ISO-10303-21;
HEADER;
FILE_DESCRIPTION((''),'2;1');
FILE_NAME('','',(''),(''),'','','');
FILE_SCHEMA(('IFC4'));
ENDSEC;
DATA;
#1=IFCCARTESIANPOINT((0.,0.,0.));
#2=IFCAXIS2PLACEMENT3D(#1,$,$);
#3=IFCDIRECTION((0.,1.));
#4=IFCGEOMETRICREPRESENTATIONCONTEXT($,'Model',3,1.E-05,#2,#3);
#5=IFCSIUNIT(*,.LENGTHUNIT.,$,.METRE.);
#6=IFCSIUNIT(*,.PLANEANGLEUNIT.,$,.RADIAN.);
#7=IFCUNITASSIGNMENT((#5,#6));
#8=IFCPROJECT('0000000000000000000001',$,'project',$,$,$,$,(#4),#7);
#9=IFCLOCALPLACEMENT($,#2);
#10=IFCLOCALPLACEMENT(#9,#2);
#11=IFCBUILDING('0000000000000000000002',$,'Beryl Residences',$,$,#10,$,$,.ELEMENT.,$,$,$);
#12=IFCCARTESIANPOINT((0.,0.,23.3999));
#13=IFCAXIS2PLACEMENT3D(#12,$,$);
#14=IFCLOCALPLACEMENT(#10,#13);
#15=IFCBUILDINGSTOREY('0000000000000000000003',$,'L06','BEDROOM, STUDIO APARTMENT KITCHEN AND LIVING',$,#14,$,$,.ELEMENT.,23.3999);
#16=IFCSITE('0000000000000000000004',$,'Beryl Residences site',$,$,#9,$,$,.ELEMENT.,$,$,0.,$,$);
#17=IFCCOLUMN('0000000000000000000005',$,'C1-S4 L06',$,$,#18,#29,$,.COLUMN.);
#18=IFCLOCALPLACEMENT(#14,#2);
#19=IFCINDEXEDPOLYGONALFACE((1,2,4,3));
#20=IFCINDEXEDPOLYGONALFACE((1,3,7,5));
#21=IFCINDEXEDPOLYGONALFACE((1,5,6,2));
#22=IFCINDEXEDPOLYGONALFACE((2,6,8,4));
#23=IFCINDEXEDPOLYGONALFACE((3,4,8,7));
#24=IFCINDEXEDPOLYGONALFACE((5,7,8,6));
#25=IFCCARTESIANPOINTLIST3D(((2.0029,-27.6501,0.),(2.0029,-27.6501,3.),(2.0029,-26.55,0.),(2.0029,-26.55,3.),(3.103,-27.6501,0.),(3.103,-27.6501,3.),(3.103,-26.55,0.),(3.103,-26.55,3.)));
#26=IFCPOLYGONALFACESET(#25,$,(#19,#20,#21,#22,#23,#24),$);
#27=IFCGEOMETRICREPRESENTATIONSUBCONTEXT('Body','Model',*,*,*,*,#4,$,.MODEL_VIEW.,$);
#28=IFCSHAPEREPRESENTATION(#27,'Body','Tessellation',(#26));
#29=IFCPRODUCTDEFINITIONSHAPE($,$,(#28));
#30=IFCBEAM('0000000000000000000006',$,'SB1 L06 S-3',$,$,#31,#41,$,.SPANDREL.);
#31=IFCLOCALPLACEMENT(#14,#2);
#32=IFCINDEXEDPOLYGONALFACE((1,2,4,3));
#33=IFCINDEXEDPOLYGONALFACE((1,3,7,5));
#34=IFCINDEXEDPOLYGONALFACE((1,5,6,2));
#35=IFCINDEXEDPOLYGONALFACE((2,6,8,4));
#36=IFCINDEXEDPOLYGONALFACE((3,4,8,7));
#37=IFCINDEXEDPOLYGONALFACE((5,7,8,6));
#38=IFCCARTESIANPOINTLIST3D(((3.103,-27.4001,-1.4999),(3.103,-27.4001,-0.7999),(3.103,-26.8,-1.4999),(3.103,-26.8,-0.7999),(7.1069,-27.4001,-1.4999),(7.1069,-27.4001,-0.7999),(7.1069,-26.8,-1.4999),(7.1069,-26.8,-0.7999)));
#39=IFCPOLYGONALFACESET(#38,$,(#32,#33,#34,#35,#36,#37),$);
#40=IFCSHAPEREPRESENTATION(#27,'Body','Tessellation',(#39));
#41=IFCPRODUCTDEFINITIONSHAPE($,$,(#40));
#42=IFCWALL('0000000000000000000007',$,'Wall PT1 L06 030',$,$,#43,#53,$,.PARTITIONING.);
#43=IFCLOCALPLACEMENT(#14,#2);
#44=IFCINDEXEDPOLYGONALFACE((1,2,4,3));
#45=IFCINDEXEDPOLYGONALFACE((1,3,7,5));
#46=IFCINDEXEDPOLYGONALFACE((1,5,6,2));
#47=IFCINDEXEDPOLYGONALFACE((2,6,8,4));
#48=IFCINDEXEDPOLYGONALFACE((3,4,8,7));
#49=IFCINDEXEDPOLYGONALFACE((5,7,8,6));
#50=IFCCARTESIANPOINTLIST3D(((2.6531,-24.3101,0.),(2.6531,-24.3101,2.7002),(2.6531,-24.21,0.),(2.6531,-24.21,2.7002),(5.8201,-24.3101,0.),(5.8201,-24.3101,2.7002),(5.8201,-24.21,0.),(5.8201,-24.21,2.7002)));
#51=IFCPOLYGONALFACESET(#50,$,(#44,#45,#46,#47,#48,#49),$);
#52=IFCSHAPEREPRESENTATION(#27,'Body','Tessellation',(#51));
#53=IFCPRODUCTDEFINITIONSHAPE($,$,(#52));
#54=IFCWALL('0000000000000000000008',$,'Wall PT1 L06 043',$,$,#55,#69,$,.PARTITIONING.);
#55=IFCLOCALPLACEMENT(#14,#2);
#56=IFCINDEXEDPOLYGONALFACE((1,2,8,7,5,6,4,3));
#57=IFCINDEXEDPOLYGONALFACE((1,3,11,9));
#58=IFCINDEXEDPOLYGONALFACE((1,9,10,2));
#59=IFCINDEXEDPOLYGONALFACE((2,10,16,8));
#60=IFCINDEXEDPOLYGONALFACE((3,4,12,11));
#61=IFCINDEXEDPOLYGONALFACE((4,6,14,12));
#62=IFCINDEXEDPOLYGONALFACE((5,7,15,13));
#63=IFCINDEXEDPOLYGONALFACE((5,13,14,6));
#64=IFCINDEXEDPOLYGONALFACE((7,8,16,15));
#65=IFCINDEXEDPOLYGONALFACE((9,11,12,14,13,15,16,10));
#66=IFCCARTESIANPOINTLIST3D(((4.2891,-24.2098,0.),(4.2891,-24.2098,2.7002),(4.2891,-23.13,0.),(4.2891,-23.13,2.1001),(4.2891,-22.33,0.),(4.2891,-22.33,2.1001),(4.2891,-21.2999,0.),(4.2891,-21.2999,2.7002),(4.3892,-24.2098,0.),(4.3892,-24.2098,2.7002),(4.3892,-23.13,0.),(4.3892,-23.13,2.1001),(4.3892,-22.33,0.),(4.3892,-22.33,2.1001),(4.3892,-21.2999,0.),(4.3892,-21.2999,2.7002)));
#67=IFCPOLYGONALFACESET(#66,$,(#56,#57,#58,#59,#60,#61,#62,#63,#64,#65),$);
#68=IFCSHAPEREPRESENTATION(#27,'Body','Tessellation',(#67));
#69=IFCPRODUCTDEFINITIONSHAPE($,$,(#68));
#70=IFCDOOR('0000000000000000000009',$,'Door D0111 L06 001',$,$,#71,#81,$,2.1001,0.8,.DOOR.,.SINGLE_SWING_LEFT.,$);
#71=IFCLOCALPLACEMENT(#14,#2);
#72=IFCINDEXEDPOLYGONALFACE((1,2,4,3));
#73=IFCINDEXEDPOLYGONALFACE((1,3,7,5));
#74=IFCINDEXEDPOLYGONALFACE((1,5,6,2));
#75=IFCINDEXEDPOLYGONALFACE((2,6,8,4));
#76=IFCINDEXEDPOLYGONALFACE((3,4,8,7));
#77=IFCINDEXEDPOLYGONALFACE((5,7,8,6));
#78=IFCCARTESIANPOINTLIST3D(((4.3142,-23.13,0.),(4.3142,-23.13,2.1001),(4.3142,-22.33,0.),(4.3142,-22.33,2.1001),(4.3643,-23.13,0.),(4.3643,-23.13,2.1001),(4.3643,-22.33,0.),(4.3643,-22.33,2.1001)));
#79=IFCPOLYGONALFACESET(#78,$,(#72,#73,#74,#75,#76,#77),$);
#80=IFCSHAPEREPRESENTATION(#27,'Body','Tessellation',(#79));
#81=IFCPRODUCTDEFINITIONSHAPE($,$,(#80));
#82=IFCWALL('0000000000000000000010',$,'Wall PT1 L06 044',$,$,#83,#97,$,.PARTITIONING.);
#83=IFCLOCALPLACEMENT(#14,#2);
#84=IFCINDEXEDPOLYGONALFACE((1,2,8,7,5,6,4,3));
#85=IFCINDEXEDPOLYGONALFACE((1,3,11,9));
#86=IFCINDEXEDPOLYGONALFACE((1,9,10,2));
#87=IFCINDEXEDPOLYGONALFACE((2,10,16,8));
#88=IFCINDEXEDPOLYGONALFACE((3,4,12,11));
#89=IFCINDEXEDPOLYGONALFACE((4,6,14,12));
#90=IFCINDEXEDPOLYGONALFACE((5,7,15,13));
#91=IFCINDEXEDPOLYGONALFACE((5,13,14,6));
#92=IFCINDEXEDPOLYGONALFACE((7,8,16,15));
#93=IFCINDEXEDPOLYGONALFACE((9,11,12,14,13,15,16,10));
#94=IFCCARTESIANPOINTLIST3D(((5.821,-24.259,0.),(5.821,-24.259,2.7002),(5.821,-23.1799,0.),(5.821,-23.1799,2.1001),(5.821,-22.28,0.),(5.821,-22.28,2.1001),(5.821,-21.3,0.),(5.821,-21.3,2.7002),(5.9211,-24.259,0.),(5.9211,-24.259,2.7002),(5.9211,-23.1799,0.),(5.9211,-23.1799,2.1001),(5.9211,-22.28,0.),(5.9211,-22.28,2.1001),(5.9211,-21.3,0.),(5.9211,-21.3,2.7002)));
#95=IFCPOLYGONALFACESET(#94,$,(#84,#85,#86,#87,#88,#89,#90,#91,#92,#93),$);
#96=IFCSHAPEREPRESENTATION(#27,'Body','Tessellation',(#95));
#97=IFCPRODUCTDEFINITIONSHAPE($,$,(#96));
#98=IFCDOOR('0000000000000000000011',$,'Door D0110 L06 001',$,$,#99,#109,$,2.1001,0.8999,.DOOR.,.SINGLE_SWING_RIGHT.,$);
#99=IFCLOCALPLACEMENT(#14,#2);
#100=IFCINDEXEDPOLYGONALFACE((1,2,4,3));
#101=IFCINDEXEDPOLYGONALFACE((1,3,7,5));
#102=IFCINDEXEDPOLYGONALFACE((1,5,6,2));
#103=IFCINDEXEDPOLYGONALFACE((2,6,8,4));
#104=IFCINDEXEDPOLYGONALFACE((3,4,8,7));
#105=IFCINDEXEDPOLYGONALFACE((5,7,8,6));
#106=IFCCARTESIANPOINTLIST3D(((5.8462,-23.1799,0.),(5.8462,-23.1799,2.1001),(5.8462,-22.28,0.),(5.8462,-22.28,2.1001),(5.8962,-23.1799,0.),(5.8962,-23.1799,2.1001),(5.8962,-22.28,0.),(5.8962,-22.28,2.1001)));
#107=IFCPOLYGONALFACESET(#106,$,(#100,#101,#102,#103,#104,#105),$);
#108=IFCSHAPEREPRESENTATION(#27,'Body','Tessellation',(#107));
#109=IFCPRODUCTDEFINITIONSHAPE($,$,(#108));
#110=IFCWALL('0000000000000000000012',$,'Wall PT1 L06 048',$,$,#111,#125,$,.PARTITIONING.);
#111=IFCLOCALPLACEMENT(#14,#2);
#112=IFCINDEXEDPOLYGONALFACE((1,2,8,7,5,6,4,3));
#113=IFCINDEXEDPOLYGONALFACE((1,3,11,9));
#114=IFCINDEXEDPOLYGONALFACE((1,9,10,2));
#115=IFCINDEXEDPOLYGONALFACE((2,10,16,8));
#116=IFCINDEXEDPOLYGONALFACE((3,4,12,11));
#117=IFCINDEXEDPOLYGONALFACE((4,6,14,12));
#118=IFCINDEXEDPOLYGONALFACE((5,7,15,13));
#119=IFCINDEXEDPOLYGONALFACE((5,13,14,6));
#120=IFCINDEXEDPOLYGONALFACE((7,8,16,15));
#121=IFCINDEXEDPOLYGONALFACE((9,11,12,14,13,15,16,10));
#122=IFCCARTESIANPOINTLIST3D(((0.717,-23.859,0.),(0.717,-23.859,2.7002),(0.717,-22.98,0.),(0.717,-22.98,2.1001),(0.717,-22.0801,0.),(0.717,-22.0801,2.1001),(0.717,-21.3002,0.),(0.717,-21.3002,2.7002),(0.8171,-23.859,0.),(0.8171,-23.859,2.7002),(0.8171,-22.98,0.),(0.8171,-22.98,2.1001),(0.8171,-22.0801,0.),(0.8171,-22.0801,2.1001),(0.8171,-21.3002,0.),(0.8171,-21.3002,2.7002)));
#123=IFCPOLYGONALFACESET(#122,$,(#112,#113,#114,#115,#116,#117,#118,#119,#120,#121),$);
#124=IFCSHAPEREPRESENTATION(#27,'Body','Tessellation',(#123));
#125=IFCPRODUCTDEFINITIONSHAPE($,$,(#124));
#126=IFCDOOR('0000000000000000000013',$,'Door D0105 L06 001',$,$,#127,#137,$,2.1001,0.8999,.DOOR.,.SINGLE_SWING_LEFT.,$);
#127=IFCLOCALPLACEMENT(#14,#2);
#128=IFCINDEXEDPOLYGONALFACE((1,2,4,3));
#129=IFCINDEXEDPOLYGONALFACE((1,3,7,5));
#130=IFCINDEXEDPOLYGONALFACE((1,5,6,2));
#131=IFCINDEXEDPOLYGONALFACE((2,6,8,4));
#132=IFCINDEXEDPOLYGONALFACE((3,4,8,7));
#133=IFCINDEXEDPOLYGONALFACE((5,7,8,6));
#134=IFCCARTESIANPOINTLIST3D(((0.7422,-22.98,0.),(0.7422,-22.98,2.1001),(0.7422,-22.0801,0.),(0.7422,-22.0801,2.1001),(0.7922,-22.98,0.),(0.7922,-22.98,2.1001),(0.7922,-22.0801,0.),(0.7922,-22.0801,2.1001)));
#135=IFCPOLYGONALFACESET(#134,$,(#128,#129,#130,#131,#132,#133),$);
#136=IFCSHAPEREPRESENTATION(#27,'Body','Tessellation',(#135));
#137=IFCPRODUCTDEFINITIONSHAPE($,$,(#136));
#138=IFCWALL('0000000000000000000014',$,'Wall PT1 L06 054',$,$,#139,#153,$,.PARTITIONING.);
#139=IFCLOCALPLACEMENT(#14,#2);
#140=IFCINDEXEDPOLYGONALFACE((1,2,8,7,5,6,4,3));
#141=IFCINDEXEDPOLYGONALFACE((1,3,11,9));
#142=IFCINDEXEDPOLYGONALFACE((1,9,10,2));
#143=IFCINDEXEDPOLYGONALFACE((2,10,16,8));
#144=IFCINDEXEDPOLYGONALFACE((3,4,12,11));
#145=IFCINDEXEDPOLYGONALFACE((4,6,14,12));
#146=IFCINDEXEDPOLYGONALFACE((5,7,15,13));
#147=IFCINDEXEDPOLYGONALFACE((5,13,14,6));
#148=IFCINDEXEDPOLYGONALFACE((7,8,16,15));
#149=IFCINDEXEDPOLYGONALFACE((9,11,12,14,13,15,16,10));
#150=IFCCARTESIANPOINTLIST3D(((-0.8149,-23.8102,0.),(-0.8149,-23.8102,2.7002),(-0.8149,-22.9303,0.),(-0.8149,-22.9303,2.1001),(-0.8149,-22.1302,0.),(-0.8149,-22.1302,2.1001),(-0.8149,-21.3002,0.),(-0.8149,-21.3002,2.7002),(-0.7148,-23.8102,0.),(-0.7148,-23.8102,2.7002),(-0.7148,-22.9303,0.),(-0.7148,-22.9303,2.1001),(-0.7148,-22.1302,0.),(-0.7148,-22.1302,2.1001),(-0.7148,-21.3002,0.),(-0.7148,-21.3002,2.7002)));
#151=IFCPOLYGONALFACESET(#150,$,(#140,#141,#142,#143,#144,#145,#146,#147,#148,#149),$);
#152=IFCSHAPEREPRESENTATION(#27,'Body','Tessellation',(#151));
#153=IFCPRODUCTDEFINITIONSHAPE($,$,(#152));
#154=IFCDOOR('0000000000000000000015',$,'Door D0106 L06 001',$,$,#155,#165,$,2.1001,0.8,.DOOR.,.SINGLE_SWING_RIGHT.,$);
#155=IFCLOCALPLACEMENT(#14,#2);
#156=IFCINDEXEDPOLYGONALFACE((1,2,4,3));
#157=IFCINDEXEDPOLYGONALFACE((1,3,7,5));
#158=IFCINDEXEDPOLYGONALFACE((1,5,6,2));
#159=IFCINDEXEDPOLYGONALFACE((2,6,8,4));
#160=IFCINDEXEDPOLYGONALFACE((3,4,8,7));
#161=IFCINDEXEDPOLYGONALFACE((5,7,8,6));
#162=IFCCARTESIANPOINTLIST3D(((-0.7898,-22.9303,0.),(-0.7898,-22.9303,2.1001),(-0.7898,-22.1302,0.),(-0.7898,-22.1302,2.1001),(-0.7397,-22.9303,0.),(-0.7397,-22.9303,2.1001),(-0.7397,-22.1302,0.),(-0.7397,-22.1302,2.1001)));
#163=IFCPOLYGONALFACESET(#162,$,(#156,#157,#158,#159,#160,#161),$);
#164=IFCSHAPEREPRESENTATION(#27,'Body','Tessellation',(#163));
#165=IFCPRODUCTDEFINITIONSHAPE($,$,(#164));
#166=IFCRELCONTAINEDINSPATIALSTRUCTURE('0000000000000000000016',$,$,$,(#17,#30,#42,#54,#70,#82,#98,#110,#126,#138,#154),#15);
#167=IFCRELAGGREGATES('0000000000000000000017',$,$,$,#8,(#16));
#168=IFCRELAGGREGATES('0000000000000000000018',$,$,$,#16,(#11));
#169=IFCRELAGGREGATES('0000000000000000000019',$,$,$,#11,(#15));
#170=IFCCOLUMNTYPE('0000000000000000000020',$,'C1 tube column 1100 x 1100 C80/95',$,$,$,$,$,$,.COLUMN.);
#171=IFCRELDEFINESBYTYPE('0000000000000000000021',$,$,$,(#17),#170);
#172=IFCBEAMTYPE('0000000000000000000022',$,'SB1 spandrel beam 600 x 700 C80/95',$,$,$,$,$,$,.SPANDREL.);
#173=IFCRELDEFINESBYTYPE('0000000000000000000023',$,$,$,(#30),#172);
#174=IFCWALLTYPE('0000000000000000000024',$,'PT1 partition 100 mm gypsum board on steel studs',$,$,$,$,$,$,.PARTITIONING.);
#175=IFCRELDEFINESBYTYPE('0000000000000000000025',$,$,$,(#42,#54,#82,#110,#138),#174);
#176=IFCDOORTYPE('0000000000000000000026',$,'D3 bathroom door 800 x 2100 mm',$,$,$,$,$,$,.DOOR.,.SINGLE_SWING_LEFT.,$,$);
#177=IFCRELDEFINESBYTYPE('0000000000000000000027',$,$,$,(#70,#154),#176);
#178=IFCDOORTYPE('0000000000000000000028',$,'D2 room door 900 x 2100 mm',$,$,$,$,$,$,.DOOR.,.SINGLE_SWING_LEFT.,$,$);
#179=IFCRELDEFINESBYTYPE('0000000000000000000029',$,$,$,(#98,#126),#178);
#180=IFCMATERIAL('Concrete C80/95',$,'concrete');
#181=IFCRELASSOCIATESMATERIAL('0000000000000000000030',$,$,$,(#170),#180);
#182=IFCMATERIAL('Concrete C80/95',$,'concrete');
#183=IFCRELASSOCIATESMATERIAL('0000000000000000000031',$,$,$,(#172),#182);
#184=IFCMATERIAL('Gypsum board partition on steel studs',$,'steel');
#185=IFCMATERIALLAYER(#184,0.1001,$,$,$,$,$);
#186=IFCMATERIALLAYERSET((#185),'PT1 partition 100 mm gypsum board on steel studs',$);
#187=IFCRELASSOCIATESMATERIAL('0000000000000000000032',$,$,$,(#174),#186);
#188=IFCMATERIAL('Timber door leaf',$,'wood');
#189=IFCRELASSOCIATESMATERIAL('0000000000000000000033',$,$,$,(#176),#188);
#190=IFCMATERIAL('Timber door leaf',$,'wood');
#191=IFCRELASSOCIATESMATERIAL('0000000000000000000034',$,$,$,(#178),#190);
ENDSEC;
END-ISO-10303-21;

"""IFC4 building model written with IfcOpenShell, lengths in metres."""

from ifc_helpers import new_model, si_unit, direction, frame, frame_2d, origin, origin_2d, place, context, subcontext, project, spatial, rectangle, extrude, material, layer, layer_set, material_profile, profile_set, type_object, element, fill, save


model = new_model("IFC4")

# Units and contexts
model_context = context("Model", 3, precision=1e-05, world=origin(), true_north=direction((0.0, 1.0)))
body_context = subcontext(model_context, "Body", "Model", "MODEL_VIEW")
ifc_project = project(units=[si_unit("LENGTHUNIT", "METRE"), si_unit("PLANEANGLEUNIT", "RADIAN")], contexts=[model_context])

# Site, building, storey
site_placement = place(None, origin())
site = spatial("IfcSite", under=ifc_project, at=site_placement, Name="Beryl Residences site", CompositionType="ELEMENT", RefElevation=0.0)
building_placement = place(site_placement, origin())
building = spatial("IfcBuilding", under=site, at=building_placement, Name="Beryl Residences", CompositionType="ELEMENT")
storey_placement = place(building_placement, frame((0.0, 0.0, 23.3999)))
storey = spatial("IfcBuildingStorey", under=building, at=storey_placement, Name="L06", Description="BEDROOM, STUDIO APARTMENT KITCHEN AND LIVING", CompositionType="ELEMENT", Elevation=23.3999)

# Column
ifc_material_1 = material(Name="Concrete C80/95", Category="concrete")
ifc_material_profile_1 = material_profile(ifc_material_1, rectangle(XDim=1.1001, YDim=1.1001, at=origin_2d()))
ifc_profile_set_1 = profile_set([ifc_material_profile_1], Name="Concrete C80/95")
column_type = type_object("IfcColumnType", Name="C1 tube column 1100 x 1100 C80/95", PredefinedType="COLUMN", material=ifc_profile_set_1)
column_placement = place(storey_placement, frame((2.553, -27.1001, 0.0), z_axis=(0.0, 0.0, 1.0), x_axis=(1.0, 0.0, 0.0)))
element("IfcColumn", 1, at=column_placement, inside=storey, type_object=column_type, Name="C1-S4 L06", PredefinedType="COLUMN", context=body_context, shape_type="SweptSolid", body=[
    extrude(rectangle(XDim=1.1001, YDim=1.1001, at=origin_2d()), origin(), (0.0, 0.0, 1.0), 3.0),
])

# Beam
ifc_material_2 = material(Name="Concrete C80/95", Category="concrete")
ifc_material_profile_2 = material_profile(ifc_material_2, rectangle(XDim=0.6001, YDim=0.7, at=origin_2d()))
ifc_profile_set_2 = profile_set([ifc_material_profile_2], Name="Concrete C80/95")
beam_type = type_object("IfcBeamType", Name="SB1 spandrel beam 600 x 700 C80/95", PredefinedType="SPANDREL", material=ifc_profile_set_2)
beam_placement = place(storey_placement, frame((3.103, -27.1001, -1.1499), z_axis=(1.0, 0.0, 0.0), x_axis=(0.0, 1.0, 0.0)))
element("IfcBeam", 2, at=beam_placement, inside=storey, type_object=beam_type, Name="SB1 L06 S-3", PredefinedType="SPANDREL", context=body_context, shape_type="SweptSolid", body=[
    extrude(rectangle(XDim=0.6001, YDim=0.7, at=origin_2d()), origin(), (0.0, 0.0, 1.0), 4.0039),
])

# Wall
ifc_material_3 = material(Name="Gypsum board partition on steel studs", Category="steel")
ifc_layer_1 = layer(ifc_material_3, 0.1001)
ifc_layer_set_1 = layer_set([ifc_layer_1], Name="PT1 partition 100 mm gypsum board on steel studs")
wall_type_1 = type_object("IfcWallType", Name="PT1 partition 100 mm gypsum board on steel studs", PredefinedType="PARTITIONING", material=ifc_layer_set_1)
wall_1_placement = place(storey_placement, frame((2.6531, -24.26, 0.0), z_axis=(0.0, 0.0, 1.0), x_axis=(1.0, 0.0, 0.0)))
element("IfcWall", 3, at=wall_1_placement, inside=storey, type_object=wall_type_1, Name="Wall PT1 L06 030", PredefinedType="PARTITIONING", context=body_context, shape_type="SweptSolid", body=[
    extrude(rectangle(XDim=3.167, YDim=0.1001, at=frame_2d((1.5835, 0.0))), origin(), (0.0, 0.0, 1.0), 2.7002),
])

# Walls, openings, doors
wall_2_placement = place(storey_placement, frame((4.3391, -24.21, 0.0), z_axis=(0.0, 0.0, 1.0), x_axis=(0.0, 1.0, 0.0)))
wall_2 = element("IfcWall", 4, at=wall_2_placement, inside=storey, type_object=wall_type_1, Name="Wall PT1 L06 043", PredefinedType="PARTITIONING", context=body_context, shape_type="SweptSolid", body=[
    extrude(rectangle(XDim=2.9099, YDim=0.1001, at=frame_2d((1.4551, 0.0))), origin(), (0.0, 0.0, 1.0), 2.7002),
])
opening_1_placement = place(wall_2_placement, frame((1.0801, 0.0, 0.0)))
opening_1 = element("IfcOpeningElement", 5, at=opening_1_placement, cuts=wall_2, PredefinedType="OPENING", context=body_context, shape_type="SweptSolid", body=[
    extrude(rectangle(XDim=0.8, YDim=2.1001, at=frame_2d((0.3999, 1.05))), frame((0.0, 0.0601, 0.0), z_axis=(0.0, -1.0, 0.0), x_axis=(1.0, 0.0, 0.0)), (0.0, 0.0, 1.0), 0.1201),
])
ifc_material_4 = material(Name="Timber door leaf", Category="wood")
door_type_1 = type_object("IfcDoorType", Name="D3 bathroom door 800 x 2100 mm", OperationType="SINGLE_SWING_LEFT", PredefinedType="DOOR", material=ifc_material_4)
door_1_placement = place(opening_1_placement, origin())
door_1 = element("IfcDoor", 6, at=door_1_placement, inside=storey, type_object=door_type_1, Name="Door D0111 L06 001", OperationType="SINGLE_SWING_LEFT", OverallHeight=2.1001, OverallWidth=0.8, PredefinedType="DOOR", context=body_context, shape_type="SweptSolid", body=[
    extrude(rectangle(XDim=0.8, YDim=2.1001, at=frame_2d((0.3999, 1.05))), frame((0.0, 0.0249, 0.0), z_axis=(0.0, -1.0, 0.0), x_axis=(1.0, 0.0, 0.0)), (0.0, 0.0, 1.0), 0.05),
])
fill(opening_1, door_1)
wall_3_placement = place(storey_placement, frame((5.8711, -24.259, 0.0), z_axis=(0.0, 0.0, 1.0), x_axis=(0.0, 1.0, 0.0)))
wall_3 = element("IfcWall", 7, at=wall_3_placement, inside=storey, type_object=wall_type_1, Name="Wall PT1 L06 044", PredefinedType="PARTITIONING", context=body_context, shape_type="SweptSolid", body=[
    extrude(rectangle(XDim=2.959, YDim=0.1001, at=frame_2d((1.4795, 0.0))), origin(), (0.0, 0.0, 1.0), 2.7002),
])
opening_2_placement = place(wall_3_placement, frame((1.0791, 0.0, 0.0)))
opening_2 = element("IfcOpeningElement", 8, at=opening_2_placement, cuts=wall_3, PredefinedType="OPENING", context=body_context, shape_type="SweptSolid", body=[
    extrude(rectangle(XDim=0.8999, YDim=2.1001, at=frame_2d((0.45, 1.05))), frame((0.0, 0.0601, 0.0), z_axis=(0.0, -1.0, 0.0), x_axis=(1.0, 0.0, 0.0)), (0.0, 0.0, 1.0), 0.1201),
])
ifc_material_5 = material(Name="Timber door leaf", Category="wood")
door_type_2 = type_object("IfcDoorType", Name="D2 room door 900 x 2100 mm", OperationType="SINGLE_SWING_LEFT", PredefinedType="DOOR", material=ifc_material_5)
door_2_placement = place(opening_2_placement, origin())
door_2 = element("IfcDoor", 9, at=door_2_placement, inside=storey, type_object=door_type_2, Name="Door D0110 L06 001", OperationType="SINGLE_SWING_RIGHT", OverallHeight=2.1001, OverallWidth=0.8999, PredefinedType="DOOR", context=body_context, shape_type="SweptSolid", body=[
    extrude(rectangle(XDim=0.8999, YDim=2.1001, at=frame_2d((0.45, 1.05))), frame((0.0, 0.0249, 0.0), z_axis=(0.0, -1.0, 0.0), x_axis=(1.0, 0.0, 0.0)), (0.0, 0.0, 1.0), 0.05),
])
fill(opening_2, door_2)
wall_4_placement = place(storey_placement, frame((0.7671, -23.8589, 0.0), z_axis=(0.0, 0.0, 1.0), x_axis=(0.0, 1.0, 0.0)))
wall_4 = element("IfcWall", 10, at=wall_4_placement, inside=storey, type_object=wall_type_1, Name="Wall PT1 L06 048", PredefinedType="PARTITIONING", context=body_context, shape_type="SweptSolid", body=[
    extrude(rectangle(XDim=2.5588, YDim=0.1001, at=frame_2d((1.2793, 0.0))), origin(), (0.0, 0.0, 1.0), 2.7002),
])
opening_3_placement = place(wall_4_placement, frame((0.8789, 0.0, 0.0)))
opening_3 = element("IfcOpeningElement", 11, at=opening_3_placement, cuts=wall_4, PredefinedType="OPENING", context=body_context, shape_type="SweptSolid", body=[
    extrude(rectangle(XDim=0.8999, YDim=2.1001, at=frame_2d((0.45, 1.05))), frame((0.0, 0.0601, 0.0), z_axis=(0.0, -1.0, 0.0), x_axis=(1.0, 0.0, 0.0)), (0.0, 0.0, 1.0), 0.1201),
])
door_3_placement = place(opening_3_placement, origin())
door_3 = element("IfcDoor", 12, at=door_3_placement, inside=storey, type_object=door_type_2, Name="Door D0105 L06 001", OperationType="SINGLE_SWING_LEFT", OverallHeight=2.1001, OverallWidth=0.8999, PredefinedType="DOOR", context=body_context, shape_type="SweptSolid", body=[
    extrude(rectangle(XDim=0.8999, YDim=2.1001, at=frame_2d((0.45, 1.05))), frame((0.0, 0.0249, 0.0), z_axis=(0.0, -1.0, 0.0), x_axis=(1.0, 0.0, 0.0)), (0.0, 0.0, 1.0), 0.05),
])
fill(opening_3, door_3)
wall_5_placement = place(storey_placement, frame((-0.7649, -23.8101, 0.0), z_axis=(0.0, 0.0, 1.0), x_axis=(0.0, 1.0, 0.0)))
wall_5 = element("IfcWall", 13, at=wall_5_placement, inside=storey, type_object=wall_type_1, Name="Wall PT1 L06 054", PredefinedType="PARTITIONING", context=body_context, shape_type="SweptSolid", body=[
    extrude(rectangle(XDim=2.51, YDim=0.1001, at=frame_2d((1.2549, 0.0))), origin(), (0.0, 0.0, 1.0), 2.7002),
])
opening_4_placement = place(wall_5_placement, frame((0.8799, 0.0, 0.0)))
opening_4 = element("IfcOpeningElement", 14, at=opening_4_placement, cuts=wall_5, PredefinedType="OPENING", context=body_context, shape_type="SweptSolid", body=[
    extrude(rectangle(XDim=0.8, YDim=2.1001, at=frame_2d((0.3999, 1.05))), frame((0.0, 0.0601, 0.0), z_axis=(0.0, -1.0, 0.0), x_axis=(1.0, 0.0, 0.0)), (0.0, 0.0, 1.0), 0.1201),
])
door_4_placement = place(opening_4_placement, origin())
door_4 = element("IfcDoor", 15, at=door_4_placement, inside=storey, type_object=door_type_1, Name="Door D0106 L06 001", OperationType="SINGLE_SWING_RIGHT", OverallHeight=2.1001, OverallWidth=0.8, PredefinedType="DOOR", context=body_context, shape_type="SweptSolid", body=[
    extrude(rectangle(XDim=0.8, YDim=2.1001, at=frame_2d((0.3999, 1.05))), frame((0.0, 0.0249, 0.0), z_axis=(0.0, -1.0, 0.0), x_axis=(1.0, 0.0, 0.0)), (0.0, 0.0, 1.0), 0.05),
])
fill(opening_4, door_4)

save(model, "model.ifc")
